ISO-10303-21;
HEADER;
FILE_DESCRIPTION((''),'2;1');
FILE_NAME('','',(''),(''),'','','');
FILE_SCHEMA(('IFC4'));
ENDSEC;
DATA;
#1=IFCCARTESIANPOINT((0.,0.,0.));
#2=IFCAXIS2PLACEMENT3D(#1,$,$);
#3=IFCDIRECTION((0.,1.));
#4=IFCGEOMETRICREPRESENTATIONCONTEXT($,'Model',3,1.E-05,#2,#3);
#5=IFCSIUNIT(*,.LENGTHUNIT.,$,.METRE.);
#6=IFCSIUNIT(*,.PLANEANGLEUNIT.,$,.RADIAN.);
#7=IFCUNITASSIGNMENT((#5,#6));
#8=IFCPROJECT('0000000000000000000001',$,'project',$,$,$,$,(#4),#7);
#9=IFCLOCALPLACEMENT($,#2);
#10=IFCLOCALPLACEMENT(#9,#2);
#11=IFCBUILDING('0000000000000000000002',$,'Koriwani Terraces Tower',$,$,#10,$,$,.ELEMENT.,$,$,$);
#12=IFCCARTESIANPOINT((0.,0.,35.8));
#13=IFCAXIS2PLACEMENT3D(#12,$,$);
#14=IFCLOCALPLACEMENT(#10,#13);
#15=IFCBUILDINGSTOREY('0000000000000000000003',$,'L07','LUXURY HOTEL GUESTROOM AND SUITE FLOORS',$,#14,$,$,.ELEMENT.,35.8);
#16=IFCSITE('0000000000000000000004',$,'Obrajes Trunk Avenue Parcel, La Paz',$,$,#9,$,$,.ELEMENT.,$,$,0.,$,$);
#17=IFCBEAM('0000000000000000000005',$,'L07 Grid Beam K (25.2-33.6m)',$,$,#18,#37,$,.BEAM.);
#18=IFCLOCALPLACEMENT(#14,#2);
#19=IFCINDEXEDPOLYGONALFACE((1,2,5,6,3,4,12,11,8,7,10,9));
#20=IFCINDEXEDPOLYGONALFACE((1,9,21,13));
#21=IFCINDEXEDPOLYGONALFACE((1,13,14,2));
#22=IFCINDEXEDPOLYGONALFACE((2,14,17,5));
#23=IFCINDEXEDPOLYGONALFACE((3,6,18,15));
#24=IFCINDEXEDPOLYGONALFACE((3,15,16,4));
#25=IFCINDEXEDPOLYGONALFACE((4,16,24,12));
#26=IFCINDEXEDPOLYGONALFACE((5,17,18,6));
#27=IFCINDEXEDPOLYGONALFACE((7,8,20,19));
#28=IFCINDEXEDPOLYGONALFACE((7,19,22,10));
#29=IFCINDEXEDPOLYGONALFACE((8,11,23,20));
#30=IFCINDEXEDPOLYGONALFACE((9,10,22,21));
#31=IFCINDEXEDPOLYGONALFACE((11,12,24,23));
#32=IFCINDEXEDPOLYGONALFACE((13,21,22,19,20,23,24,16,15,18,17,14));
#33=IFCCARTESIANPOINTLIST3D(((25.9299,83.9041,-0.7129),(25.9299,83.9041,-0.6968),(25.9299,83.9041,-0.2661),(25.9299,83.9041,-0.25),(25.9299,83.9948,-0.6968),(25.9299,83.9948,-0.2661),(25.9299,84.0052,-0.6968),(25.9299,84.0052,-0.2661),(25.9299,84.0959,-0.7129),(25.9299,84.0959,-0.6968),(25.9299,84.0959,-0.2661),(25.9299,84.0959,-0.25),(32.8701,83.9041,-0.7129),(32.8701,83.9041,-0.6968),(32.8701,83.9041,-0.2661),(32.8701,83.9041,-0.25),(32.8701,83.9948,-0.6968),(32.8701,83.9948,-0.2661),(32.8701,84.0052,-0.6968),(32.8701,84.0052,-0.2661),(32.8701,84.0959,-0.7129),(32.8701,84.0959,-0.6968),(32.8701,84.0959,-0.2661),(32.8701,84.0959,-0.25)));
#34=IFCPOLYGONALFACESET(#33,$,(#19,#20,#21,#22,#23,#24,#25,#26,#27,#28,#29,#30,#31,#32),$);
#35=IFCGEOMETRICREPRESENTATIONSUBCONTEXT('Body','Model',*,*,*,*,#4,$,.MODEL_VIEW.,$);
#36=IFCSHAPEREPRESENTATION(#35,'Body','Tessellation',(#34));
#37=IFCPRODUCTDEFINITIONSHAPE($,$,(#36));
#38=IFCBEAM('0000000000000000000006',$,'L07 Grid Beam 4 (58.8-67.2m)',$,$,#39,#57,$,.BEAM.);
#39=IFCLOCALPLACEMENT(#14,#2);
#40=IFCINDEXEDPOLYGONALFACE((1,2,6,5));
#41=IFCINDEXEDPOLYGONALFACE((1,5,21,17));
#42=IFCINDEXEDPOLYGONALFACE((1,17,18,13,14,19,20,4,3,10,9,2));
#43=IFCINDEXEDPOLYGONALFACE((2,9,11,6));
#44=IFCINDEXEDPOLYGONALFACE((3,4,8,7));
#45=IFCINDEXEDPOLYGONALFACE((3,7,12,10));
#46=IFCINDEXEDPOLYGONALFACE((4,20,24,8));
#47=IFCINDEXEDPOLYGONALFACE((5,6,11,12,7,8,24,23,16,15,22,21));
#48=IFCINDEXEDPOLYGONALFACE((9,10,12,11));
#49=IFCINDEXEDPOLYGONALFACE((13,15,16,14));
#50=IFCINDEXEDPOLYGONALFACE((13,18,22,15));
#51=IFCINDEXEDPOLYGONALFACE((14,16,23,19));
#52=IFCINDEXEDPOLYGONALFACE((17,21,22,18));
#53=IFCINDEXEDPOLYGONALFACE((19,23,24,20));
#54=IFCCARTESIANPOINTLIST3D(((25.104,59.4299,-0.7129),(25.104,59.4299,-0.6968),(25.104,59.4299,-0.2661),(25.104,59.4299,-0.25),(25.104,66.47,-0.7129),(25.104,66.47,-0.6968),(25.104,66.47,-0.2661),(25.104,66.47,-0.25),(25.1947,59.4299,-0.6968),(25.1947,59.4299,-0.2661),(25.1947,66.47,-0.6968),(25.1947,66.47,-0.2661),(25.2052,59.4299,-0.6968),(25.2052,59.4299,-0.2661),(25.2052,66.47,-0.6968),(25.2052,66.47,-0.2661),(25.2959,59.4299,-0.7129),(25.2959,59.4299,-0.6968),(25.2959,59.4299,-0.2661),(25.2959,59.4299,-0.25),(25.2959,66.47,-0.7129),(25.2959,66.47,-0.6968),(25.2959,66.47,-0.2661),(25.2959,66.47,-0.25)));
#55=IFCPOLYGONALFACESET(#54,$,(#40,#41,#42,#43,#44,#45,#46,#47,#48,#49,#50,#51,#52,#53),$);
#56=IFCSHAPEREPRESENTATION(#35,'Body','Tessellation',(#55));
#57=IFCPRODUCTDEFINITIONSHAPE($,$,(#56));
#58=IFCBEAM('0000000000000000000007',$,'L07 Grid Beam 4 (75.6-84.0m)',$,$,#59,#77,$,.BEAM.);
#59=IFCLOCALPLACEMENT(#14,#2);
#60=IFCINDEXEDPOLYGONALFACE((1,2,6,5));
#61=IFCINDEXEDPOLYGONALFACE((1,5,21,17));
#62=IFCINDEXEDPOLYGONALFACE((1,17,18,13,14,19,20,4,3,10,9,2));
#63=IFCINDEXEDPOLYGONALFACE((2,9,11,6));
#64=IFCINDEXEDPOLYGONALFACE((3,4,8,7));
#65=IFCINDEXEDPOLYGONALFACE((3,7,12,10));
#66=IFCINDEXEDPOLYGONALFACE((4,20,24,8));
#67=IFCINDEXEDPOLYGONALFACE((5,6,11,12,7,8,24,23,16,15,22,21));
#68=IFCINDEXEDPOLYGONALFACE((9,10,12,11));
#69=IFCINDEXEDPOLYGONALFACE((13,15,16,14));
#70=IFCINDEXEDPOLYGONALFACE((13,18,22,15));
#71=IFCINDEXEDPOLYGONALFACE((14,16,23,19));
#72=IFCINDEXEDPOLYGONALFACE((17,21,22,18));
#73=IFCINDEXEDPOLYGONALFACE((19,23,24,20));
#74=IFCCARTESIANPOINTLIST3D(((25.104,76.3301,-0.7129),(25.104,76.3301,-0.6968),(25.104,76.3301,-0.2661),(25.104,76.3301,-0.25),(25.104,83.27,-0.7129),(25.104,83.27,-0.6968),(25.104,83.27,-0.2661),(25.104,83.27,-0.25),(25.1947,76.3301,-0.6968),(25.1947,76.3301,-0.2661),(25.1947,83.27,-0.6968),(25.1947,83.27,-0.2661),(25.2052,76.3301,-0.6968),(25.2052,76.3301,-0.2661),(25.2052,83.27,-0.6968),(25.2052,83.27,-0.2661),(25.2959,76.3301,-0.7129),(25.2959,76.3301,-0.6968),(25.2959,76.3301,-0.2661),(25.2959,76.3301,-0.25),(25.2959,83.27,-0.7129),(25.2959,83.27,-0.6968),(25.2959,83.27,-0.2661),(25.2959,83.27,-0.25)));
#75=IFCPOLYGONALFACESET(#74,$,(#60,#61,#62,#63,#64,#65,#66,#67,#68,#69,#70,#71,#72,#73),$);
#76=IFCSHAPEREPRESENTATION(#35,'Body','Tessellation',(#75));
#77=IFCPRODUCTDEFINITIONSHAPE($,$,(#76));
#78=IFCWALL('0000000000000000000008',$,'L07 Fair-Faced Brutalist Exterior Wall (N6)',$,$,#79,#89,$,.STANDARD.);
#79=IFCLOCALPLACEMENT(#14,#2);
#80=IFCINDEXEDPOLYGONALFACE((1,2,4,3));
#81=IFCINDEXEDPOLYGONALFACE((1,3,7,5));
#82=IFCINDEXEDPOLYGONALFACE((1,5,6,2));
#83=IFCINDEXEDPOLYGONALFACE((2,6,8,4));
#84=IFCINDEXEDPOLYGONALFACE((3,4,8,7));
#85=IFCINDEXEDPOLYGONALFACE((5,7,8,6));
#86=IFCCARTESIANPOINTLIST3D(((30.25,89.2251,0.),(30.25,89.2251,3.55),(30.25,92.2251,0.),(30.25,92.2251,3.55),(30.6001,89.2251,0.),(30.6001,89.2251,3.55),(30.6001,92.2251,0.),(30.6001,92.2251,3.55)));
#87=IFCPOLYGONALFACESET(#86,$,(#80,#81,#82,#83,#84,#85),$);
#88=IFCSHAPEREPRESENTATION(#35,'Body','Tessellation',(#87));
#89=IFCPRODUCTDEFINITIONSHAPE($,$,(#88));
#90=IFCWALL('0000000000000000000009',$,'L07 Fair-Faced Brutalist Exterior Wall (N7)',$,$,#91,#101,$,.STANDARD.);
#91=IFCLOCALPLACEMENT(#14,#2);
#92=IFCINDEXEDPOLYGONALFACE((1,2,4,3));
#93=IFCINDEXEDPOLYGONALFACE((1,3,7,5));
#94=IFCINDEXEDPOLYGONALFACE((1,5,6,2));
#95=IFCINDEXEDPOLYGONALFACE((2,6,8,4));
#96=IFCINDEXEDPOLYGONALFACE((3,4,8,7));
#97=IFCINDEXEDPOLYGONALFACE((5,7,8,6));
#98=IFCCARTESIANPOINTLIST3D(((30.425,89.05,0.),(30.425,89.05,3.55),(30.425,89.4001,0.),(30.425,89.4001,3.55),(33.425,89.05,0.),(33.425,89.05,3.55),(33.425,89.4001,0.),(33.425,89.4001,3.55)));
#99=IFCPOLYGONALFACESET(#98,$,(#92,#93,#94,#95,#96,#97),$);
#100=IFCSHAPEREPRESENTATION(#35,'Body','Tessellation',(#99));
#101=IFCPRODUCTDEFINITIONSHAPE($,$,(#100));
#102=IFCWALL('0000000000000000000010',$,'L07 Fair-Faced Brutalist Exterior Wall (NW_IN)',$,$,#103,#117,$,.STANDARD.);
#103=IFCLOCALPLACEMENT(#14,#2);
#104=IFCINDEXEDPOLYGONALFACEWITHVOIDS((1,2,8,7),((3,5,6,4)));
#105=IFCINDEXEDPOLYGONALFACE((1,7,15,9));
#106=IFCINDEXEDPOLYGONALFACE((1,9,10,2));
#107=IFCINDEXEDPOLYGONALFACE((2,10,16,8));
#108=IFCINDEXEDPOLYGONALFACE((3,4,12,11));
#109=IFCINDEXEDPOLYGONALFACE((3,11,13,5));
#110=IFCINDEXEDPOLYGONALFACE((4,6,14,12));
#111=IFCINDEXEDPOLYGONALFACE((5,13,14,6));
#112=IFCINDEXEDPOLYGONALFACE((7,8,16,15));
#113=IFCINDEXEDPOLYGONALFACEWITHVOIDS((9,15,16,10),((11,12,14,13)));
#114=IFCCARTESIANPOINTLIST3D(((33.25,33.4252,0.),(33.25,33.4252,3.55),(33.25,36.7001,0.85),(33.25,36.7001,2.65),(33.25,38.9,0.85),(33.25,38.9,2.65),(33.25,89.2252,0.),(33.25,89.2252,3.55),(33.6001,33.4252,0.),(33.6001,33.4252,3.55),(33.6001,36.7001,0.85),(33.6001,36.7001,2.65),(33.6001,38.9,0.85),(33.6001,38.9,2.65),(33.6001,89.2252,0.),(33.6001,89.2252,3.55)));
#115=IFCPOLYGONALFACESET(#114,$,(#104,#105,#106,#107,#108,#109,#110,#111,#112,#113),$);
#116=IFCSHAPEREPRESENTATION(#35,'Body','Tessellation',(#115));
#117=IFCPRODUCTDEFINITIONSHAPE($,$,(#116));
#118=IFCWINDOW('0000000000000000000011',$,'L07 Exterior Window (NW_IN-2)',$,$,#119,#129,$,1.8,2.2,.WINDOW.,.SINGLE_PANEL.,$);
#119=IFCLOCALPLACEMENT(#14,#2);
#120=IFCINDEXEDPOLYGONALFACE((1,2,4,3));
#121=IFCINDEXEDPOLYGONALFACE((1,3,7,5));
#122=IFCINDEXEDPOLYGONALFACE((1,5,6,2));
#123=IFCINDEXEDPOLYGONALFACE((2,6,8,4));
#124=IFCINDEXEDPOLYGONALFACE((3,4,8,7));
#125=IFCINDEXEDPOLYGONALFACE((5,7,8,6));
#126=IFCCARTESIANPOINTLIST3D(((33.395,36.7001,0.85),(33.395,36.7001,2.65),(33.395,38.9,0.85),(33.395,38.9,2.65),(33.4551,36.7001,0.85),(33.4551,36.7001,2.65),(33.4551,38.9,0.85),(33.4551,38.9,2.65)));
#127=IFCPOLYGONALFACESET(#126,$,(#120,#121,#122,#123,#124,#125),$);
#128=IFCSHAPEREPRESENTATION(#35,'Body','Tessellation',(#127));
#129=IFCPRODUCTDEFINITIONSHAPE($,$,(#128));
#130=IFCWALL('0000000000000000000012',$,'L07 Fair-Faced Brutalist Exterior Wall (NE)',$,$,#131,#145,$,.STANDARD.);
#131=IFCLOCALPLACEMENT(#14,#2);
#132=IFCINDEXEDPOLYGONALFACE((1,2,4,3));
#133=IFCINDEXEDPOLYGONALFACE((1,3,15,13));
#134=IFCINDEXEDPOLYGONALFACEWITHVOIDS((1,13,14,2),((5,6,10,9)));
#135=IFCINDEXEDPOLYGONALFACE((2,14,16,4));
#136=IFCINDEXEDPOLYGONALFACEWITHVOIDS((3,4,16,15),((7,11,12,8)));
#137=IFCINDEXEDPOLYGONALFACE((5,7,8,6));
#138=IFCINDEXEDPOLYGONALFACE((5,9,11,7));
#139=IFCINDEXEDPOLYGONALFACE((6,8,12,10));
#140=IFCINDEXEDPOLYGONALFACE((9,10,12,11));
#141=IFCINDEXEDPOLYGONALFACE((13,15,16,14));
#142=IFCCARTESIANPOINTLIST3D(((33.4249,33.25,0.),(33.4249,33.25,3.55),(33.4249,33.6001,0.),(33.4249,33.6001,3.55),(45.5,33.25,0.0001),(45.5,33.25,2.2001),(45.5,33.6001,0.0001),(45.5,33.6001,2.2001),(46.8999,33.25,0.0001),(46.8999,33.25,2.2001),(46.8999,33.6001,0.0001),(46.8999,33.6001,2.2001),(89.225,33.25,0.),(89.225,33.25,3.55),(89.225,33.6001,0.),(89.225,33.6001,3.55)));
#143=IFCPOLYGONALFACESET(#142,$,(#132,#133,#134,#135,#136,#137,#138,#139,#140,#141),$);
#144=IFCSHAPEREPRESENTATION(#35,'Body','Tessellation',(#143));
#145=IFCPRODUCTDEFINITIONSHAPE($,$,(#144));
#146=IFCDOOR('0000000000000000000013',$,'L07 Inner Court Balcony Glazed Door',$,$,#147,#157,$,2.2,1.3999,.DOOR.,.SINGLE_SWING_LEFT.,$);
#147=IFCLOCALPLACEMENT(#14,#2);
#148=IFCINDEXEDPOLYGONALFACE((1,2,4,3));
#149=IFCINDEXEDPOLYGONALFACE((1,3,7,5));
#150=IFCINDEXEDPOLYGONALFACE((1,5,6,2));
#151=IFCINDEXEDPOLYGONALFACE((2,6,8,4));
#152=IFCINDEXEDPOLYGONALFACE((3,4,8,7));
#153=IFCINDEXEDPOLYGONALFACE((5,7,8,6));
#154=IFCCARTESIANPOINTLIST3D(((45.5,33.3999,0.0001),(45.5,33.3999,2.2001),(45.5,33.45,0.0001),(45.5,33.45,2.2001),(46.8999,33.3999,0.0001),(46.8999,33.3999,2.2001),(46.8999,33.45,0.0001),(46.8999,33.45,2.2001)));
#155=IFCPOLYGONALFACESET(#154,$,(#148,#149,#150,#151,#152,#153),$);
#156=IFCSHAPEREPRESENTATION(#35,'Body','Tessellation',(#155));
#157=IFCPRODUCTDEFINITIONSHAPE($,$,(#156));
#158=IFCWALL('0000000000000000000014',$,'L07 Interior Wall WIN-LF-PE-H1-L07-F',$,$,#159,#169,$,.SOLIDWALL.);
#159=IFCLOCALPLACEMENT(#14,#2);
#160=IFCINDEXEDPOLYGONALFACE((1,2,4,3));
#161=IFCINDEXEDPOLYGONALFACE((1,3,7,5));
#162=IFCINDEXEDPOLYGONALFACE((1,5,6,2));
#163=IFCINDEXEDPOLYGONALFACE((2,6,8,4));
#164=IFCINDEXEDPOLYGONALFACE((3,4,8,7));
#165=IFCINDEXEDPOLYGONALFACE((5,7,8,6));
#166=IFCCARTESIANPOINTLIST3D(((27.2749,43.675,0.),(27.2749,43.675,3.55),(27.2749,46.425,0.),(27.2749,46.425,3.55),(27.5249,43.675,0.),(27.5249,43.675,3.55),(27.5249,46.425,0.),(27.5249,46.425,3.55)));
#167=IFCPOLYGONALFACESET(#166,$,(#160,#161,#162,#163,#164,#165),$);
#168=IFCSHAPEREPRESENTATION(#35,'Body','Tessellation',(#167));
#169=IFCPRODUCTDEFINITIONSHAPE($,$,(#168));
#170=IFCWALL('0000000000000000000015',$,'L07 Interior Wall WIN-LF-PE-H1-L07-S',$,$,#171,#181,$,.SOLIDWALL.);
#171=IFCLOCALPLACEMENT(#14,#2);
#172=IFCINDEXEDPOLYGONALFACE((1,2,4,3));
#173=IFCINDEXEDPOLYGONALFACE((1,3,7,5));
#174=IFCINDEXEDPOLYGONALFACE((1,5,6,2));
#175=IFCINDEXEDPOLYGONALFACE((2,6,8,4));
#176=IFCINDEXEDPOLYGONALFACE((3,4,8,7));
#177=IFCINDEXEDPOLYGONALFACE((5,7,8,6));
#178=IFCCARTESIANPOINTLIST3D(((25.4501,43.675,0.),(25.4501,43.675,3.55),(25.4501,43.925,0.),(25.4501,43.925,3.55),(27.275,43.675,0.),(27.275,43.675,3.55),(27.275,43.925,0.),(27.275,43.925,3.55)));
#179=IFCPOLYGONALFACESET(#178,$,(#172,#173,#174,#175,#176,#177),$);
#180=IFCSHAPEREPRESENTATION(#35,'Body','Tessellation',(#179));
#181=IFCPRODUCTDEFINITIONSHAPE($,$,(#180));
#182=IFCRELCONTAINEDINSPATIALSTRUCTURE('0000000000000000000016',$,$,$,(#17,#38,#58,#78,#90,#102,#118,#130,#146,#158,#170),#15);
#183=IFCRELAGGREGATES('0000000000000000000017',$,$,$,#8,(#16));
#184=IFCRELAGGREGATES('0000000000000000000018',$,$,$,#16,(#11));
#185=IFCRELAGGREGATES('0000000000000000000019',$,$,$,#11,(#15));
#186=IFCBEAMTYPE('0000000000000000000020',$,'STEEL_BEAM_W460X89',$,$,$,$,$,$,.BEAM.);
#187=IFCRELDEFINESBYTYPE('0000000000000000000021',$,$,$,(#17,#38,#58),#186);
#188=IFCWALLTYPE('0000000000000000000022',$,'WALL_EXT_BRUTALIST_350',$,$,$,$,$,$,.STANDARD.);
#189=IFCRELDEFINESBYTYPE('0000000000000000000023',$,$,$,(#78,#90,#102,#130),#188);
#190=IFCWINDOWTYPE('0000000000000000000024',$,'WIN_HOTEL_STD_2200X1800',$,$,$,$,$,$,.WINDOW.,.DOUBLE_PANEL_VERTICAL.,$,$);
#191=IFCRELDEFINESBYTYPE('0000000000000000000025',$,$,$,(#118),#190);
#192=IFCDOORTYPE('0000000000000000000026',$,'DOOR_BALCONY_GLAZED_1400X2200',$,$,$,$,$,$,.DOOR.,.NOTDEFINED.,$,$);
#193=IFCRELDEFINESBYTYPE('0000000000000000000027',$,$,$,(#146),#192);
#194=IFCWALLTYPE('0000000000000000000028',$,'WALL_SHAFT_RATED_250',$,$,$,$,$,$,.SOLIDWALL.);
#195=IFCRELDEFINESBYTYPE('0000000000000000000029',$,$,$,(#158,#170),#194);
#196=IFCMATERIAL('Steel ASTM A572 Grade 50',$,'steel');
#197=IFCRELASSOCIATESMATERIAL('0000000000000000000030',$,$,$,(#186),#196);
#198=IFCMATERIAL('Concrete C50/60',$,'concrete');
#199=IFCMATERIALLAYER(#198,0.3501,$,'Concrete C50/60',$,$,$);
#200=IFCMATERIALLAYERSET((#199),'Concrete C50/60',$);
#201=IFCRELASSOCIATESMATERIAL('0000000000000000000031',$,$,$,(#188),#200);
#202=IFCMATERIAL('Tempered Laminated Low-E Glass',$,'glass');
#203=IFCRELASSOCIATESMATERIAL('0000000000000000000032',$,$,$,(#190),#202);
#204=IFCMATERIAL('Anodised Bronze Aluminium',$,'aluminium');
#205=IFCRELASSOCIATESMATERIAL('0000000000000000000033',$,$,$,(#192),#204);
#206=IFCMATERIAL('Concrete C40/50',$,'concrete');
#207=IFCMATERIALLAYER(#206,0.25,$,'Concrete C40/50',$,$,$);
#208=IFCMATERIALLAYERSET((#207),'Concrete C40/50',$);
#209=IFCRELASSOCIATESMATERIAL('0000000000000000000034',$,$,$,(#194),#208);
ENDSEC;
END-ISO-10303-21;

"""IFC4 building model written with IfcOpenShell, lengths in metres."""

from ifc_helpers import new_model, si_unit, direction, frame, frame_2d, origin, origin_2d, place, context, subcontext, project, spatial, rectangle, i_section, extrude, material, layer, layer_set, material_profile, profile_set, type_object, element, fill, save


model = new_model("IFC4")

# Units and contexts
model_context = context("Model", 3, precision=1e-05, world=origin(), true_north=direction((0.0, 1.0)))
body_context = subcontext(model_context, "Body", "Model", "MODEL_VIEW")
ifc_project = project(units=[si_unit("LENGTHUNIT", "METRE"), si_unit("PLANEANGLEUNIT", "RADIAN")], contexts=[model_context])

# Site, building, storey
site_placement = place(None, origin())
site = spatial("IfcSite", under=ifc_project, at=site_placement, Name="Obrajes Trunk Avenue Parcel, La Paz", CompositionType="ELEMENT", RefElevation=0.0)
building_placement = place(site_placement, origin())
building = spatial("IfcBuilding", under=site, at=building_placement, Name="Koriwani Terraces Tower", CompositionType="ELEMENT")
storey_placement = place(building_placement, frame((0.0, 0.0, 35.8)))
storey = spatial("IfcBuildingStorey", under=building, at=storey_placement, Name="L07", Description="LUXURY HOTEL GUESTROOM AND SUITE FLOORS", CompositionType="ELEMENT", Elevation=35.8)

# Beams
ifc_material_1 = material(Name="Concrete C50/60", Category="concrete")
ifc_material_2 = material(Name="Steel ASTM A572 Grade 50", Category="steel")
ifc_material_profile_1 = material_profile(ifc_material_2, i_section(OverallWidth=0.1919, OverallDepth=0.4629, WebThickness=0.0105, FlangeThickness=0.0161, at=origin_2d()), Name="Steel ASTM A572 Grade 50", Category="LoadBearing")
ifc_profile_set_1 = profile_set([ifc_material_profile_1], Name="Steel ASTM A572 Grade 50")
beam_type_1 = type_object("IfcBeamType", Name="STEEL_BEAM_W460X89", PredefinedType="BEAM", material=ifc_profile_set_1)
for number, where, z_axis, x_axis, name in (
    (1, (25.9299, 84.0, -0.4814), (1.0, 0.0, 0.0), (0.0, 1.0, 0.0), "L07 Grid Beam K (25.2-33.6m)"),
):
    element("IfcBeam", number, at=place(storey_placement, frame(where, z_axis=z_axis, x_axis=x_axis)), inside=storey, type_object=beam_type_1, Name=name, PredefinedType="BEAM", context=body_context, shape_type="SweptSolid", body=[
        extrude(i_section(OverallWidth=0.1919, OverallDepth=0.4629, WebThickness=0.0105, FlangeThickness=0.0161, at=origin_2d()), origin(), (0.0, 0.0, 1.0), 6.9402),
    ])
beam_1_placement = place(storey_placement, frame((25.2, 59.4299, -0.4814), z_axis=(0.0, 1.0, 0.0), x_axis=(-1.0, 0.0, 0.0)))
element("IfcBeam", 2, at=beam_1_placement, inside=storey, type_object=beam_type_1, Name="L07 Grid Beam 4 (58.8-67.2m)", PredefinedType="BEAM", context=body_context, shape_type="SweptSolid", body=[
    extrude(i_section(OverallWidth=0.1919, OverallDepth=0.4629, WebThickness=0.0105, FlangeThickness=0.0161, at=origin_2d()), origin(), (0.0, 0.0, 1.0), 7.04),
])
beam_2_placement = place(storey_placement, frame((25.2, 76.3301, -0.4814), z_axis=(0.0, 1.0, 0.0), x_axis=(-1.0, 0.0, 0.0)))
element("IfcBeam", 3, at=beam_2_placement, inside=storey, type_object=beam_type_1, Name="L07 Grid Beam 4 (75.6-84.0m)", PredefinedType="BEAM", context=body_context, shape_type="SweptSolid", body=[
    extrude(i_section(OverallWidth=0.1919, OverallDepth=0.4629, WebThickness=0.0105, FlangeThickness=0.0161, at=origin_2d()), origin(), (0.0, 0.0, 1.0), 6.9399),
])

# Walls
ifc_layer_1 = layer(ifc_material_1, 0.3501, Name="Concrete C50/60")
ifc_layer_set_1 = layer_set([ifc_layer_1], Name="Concrete C50/60")
wall_type_1 = type_object("IfcWallType", Name="WALL_EXT_BRUTALIST_350", PredefinedType="STANDARD", material=ifc_layer_set_1)
for number, where, z_axis, x_axis, name in (
    (4, (30.425, 92.2251, 0.0), (0.0, 0.0, 1.0), (0.0, -1.0, 0.0), "L07 Fair-Faced Brutalist Exterior Wall (N6)"),
    (5, (30.425, 89.2251, 0.0), (0.0, 0.0, 1.0), (1.0, 0.0, 0.0), "L07 Fair-Faced Brutalist Exterior Wall (N7)"),
):
    element("IfcWall", number, at=place(storey_placement, frame(where, z_axis=z_axis, x_axis=x_axis)), inside=storey, type_object=wall_type_1, Name=name, PredefinedType="STANDARD", context=body_context, shape_type="SweptSolid", body=[
        extrude(rectangle(XDim=3.0, YDim=0.3501, at=frame_2d((1.5, 0.0))), origin(), (0.0, 0.0, 1.0), 3.55),
    ])

# Wall, opening, window
wall_1_placement = place(storey_placement, frame((33.425, 89.2251, 0.0), z_axis=(0.0, 0.0, 1.0), x_axis=(0.0, -1.0, 0.0)))
wall_1 = element("IfcWall", 6, at=wall_1_placement, inside=storey, type_object=wall_type_1, Name="L07 Fair-Faced Brutalist Exterior Wall (NW_IN)", PredefinedType="STANDARD", context=body_context, shape_type="SweptSolid", body=[
    extrude(rectangle(XDim=55.8, YDim=0.3501, at=frame_2d((27.8999, 0.0))), origin(), (0.0, 0.0, 1.0), 3.55),
])
opening_1_placement = place(wall_1_placement, frame((50.325, 0.0, 0.8501)))
opening_1 = element("IfcOpeningElement", 7, at=opening_1_placement, cuts=wall_1, PredefinedType="OPENING", context=body_context, shape_type="SweptSolid", body=[
    extrude(rectangle(XDim=2.2, YDim=1.8, at=frame_2d((1.1001, 0.8999))), frame((0.0, 0.1851, 0.0), z_axis=(0.0, -1.0, 0.0), x_axis=(1.0, 0.0, 0.0)), (0.0, 0.0, 1.0), 0.3701),
])
ifc_material_3 = material(Name="Tempered Laminated Low-E Glass", Category="glass")
window_type = type_object("IfcWindowType", Name="WIN_HOTEL_STD_2200X1800", PartitioningType="DOUBLE_PANEL_VERTICAL", PredefinedType="WINDOW", material=ifc_material_3)
window_placement = place(opening_1_placement, origin())
window = element("IfcWindow", 8, at=window_placement, inside=storey, type_object=window_type, Name="L07 Exterior Window (NW_IN-2)", OverallHeight=1.8, OverallWidth=2.2, PartitioningType="SINGLE_PANEL", PredefinedType="WINDOW", context=body_context, shape_type="SweptSolid", body=[
    extrude(rectangle(XDim=2.2, YDim=1.8, at=frame_2d((1.1001, 0.8999))), frame((0.0, 0.03, 0.0), z_axis=(0.0, -1.0, 0.0), x_axis=(1.0, 0.0, 0.0)), (0.0, 0.0, 1.0), 0.0601),
])
fill(opening_1, window)

# Wall, opening, door
wall_2_placement = place(storey_placement, frame((33.425, 33.425, 0.0), z_axis=(0.0, 0.0, 1.0), x_axis=(1.0, 0.0, 0.0)))
wall_2 = element("IfcWall", 9, at=wall_2_placement, inside=storey, type_object=wall_type_1, Name="L07 Fair-Faced Brutalist Exterior Wall (NE)", PredefinedType="STANDARD", context=body_context, shape_type="SweptSolid", body=[
    extrude(rectangle(XDim=55.8, YDim=0.3501, at=frame_2d((27.8999, 0.0))), origin(), (0.0, 0.0, 1.0), 3.55),
])
opening_2_placement = place(wall_2_placement, frame((12.075, 0.0, 0.0)))
opening_2 = element("IfcOpeningElement", 10, at=opening_2_placement, cuts=wall_2, PredefinedType="OPENING", context=body_context, shape_type="SweptSolid", body=[
    extrude(rectangle(XDim=1.3999, YDim=2.2, at=frame_2d((0.7, 1.1001))), frame((0.0, 0.1851, 0.0), z_axis=(0.0, -1.0, 0.0), x_axis=(1.0, 0.0, 0.0)), (0.0, 0.0, 1.0), 0.3701),
])
ifc_material_4 = material(Name="Anodised Bronze Aluminium", Category="aluminium")
door_type_1 = type_object("IfcDoorType", Name="DOOR_BALCONY_GLAZED_1400X2200", OperationType="NOTDEFINED", PredefinedType="DOOR", material=ifc_material_4)
door_1_placement = place(opening_2_placement, origin())
door_1 = element("IfcDoor", 11, at=door_1_placement, inside=storey, type_object=door_type_1, Name="L07 Inner Court Balcony Glazed Door", OperationType="SINGLE_SWING_LEFT", OverallHeight=2.2, OverallWidth=1.3999, PredefinedType="DOOR", context=body_context, shape_type="SweptSolid", body=[
    extrude(rectangle(XDim=1.3999, YDim=2.2, at=frame_2d((0.7, 1.1001))), frame((0.0, 0.0249, 0.0), z_axis=(0.0, -1.0, 0.0), x_axis=(1.0, 0.0, 0.0)), (0.0, 0.0, 1.0), 0.05),
])
fill(opening_2, door_1)
ifc_material_5 = material(Name="Concrete C40/50", Category="concrete")
ifc_layer_2 = layer(ifc_material_5, 0.25, Name="Concrete C40/50")
ifc_layer_set_2 = layer_set([ifc_layer_2], Name="Concrete C40/50")
wall_type_2 = type_object("IfcWallType", Name="WALL_SHAFT_RATED_250", PredefinedType="SOLIDWALL", material=ifc_layer_set_2)

# Walls
wall_3_placement = place(storey_placement, frame((27.3999, 43.675, 0.0), z_axis=(0.0, 0.0, 1.0), x_axis=(0.0, 1.0, 0.0)))
element("IfcWall", 12, at=wall_3_placement, inside=storey, type_object=wall_type_2, Name="L07 Interior Wall WIN-LF-PE-H1-L07-F", PredefinedType="SOLIDWALL", context=body_context, shape_type="SweptSolid", body=[
    extrude(rectangle(XDim=2.75, YDim=0.25, at=frame_2d((1.375, 0.0))), origin(), (0.0, 0.0, 1.0), 3.55),
])
for number, where, z_axis, x_axis, name in (
    (13, (25.45, 43.8, 0.0), (0.0, 0.0, 1.0), (1.0, 0.0, 0.0), "L07 Interior Wall WIN-LF-PE-H1-L07-S"),
):
    element("IfcWall", number, at=place(storey_placement, frame(where, z_axis=z_axis, x_axis=x_axis)), inside=storey, type_object=wall_type_2, Name=name, PredefinedType="SOLIDWALL", context=body_context, shape_type="SweptSolid", body=[
        extrude(rectangle(XDim=1.825, YDim=0.25, at=frame_2d((0.9126, 0.0))), origin(), (0.0, 0.0, 1.0), 3.55),
    ])

save(model, "model.ifc")
